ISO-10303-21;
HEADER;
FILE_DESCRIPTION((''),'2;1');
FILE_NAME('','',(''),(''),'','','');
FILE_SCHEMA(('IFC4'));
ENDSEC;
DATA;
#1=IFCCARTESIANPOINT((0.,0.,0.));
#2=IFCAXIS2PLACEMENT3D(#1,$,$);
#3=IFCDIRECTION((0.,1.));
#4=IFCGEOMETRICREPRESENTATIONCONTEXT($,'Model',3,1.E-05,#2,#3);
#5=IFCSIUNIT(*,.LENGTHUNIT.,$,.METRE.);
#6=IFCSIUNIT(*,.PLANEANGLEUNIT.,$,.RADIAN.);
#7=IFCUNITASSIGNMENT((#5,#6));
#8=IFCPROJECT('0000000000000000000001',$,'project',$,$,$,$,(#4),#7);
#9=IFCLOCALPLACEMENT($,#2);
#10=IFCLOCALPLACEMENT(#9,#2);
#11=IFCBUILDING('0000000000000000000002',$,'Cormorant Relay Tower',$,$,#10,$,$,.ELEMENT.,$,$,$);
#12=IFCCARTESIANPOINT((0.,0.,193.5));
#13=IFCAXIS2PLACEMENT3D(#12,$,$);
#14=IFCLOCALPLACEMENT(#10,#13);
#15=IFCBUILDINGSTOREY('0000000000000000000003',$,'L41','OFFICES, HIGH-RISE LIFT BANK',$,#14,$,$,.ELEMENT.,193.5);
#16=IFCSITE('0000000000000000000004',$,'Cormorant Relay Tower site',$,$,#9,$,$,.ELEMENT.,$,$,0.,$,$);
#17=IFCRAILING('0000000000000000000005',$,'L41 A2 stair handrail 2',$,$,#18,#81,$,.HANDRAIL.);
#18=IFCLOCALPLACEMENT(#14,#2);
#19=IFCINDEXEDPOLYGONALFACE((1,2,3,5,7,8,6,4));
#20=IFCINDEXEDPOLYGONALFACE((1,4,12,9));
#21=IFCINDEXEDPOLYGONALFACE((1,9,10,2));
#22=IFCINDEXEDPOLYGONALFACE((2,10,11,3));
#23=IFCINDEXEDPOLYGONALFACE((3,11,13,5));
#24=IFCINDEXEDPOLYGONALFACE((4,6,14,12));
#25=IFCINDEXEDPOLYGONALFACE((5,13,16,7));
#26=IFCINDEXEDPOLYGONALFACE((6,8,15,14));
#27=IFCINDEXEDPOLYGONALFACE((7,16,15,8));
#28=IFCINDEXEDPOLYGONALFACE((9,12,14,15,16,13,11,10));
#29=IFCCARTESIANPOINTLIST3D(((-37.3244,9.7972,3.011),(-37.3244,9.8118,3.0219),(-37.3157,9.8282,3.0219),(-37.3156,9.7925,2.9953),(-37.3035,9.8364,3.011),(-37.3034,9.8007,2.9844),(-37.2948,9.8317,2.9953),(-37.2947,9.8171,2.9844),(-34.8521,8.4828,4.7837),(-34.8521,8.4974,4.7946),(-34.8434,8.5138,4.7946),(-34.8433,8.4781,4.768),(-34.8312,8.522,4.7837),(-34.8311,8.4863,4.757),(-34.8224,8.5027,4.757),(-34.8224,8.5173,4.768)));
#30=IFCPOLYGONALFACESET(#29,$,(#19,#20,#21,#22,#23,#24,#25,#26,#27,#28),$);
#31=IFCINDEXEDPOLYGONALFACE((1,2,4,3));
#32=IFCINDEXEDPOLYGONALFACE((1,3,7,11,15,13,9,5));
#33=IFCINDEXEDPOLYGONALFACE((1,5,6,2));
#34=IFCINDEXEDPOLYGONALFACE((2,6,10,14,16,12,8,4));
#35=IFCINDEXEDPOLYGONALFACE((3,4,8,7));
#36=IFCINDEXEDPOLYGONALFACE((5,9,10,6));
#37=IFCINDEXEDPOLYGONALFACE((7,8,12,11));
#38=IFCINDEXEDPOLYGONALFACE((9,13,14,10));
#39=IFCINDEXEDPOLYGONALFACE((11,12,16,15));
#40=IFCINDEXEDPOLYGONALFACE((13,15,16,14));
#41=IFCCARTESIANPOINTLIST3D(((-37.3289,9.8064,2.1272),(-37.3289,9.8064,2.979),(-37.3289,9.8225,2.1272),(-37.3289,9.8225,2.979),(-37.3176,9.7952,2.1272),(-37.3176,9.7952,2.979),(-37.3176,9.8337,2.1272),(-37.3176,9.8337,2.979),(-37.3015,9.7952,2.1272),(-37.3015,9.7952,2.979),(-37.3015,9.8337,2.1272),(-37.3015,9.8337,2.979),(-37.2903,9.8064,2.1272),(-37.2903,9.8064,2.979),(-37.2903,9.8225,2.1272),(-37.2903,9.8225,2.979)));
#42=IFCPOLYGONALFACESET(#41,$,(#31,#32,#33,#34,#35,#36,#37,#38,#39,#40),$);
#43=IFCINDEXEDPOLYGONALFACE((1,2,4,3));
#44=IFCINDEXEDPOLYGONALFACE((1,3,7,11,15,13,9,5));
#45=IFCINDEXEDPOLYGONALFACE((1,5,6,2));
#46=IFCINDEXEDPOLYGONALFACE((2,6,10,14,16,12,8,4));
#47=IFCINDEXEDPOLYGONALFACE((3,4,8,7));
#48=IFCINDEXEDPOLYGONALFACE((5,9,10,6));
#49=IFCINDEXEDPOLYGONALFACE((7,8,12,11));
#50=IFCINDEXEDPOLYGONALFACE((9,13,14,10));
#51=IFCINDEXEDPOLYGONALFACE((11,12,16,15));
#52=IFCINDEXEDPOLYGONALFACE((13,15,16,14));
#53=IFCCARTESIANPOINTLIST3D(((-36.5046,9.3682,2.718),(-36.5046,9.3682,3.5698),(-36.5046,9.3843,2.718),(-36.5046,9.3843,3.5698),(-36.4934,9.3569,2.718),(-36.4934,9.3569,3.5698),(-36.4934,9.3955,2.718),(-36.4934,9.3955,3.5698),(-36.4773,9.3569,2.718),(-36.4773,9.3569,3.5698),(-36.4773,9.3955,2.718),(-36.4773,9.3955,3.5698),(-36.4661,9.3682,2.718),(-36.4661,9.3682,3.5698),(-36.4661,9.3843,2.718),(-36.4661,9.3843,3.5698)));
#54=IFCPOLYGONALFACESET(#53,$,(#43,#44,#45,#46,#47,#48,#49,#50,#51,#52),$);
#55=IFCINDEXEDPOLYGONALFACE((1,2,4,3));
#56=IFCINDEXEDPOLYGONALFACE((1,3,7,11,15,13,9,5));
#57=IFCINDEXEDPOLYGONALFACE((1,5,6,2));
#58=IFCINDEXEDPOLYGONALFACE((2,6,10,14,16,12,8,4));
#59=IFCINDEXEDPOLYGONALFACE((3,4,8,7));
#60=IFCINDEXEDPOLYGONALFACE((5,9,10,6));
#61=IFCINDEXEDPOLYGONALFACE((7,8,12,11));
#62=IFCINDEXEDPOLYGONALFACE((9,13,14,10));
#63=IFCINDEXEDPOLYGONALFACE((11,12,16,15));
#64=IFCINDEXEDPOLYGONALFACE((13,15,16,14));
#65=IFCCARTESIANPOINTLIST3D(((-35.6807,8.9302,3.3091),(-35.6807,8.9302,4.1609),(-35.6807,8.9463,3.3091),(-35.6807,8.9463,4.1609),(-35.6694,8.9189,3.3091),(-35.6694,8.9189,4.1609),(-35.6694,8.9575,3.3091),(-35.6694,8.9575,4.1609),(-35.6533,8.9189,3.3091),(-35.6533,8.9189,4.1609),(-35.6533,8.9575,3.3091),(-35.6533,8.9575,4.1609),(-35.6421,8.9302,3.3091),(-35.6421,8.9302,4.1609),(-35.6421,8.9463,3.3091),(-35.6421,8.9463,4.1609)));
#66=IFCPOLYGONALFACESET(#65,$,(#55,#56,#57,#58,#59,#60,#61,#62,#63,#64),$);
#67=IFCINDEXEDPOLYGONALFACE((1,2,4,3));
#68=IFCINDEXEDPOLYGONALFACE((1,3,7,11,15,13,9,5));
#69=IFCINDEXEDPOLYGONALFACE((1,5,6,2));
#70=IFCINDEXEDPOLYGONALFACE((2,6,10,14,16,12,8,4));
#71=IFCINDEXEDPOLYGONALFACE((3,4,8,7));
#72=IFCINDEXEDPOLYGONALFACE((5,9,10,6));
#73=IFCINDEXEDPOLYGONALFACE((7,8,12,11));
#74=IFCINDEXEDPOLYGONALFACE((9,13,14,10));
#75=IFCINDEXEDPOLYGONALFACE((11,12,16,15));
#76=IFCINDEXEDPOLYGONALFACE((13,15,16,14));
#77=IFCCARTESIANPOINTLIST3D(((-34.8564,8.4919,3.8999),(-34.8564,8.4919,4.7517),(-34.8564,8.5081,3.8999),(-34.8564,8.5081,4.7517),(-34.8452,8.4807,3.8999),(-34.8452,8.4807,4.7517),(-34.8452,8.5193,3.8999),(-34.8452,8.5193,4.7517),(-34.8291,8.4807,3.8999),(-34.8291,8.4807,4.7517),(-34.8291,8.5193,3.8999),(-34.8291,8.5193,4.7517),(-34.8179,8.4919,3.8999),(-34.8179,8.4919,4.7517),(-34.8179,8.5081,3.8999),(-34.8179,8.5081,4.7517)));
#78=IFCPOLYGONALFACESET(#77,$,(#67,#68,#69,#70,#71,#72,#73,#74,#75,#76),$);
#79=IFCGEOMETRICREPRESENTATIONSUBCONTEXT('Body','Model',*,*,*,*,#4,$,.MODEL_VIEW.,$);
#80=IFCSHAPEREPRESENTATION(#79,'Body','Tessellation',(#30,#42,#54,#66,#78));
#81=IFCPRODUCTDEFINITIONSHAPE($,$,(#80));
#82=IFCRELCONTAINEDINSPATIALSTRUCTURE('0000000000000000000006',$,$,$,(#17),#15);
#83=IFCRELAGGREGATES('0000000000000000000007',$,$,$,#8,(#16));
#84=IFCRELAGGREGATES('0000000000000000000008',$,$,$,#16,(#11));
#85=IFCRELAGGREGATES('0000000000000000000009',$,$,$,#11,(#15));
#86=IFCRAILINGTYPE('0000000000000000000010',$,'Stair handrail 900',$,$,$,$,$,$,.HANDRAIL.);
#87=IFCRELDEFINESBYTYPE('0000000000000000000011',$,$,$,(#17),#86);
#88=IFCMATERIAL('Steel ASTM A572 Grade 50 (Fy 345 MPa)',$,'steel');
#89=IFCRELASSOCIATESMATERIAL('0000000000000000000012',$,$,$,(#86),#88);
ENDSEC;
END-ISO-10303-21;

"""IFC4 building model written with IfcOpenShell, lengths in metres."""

from ifc_helpers import new_model, si_unit, direction, frame, origin, place, context, subcontext, project, spatial, polyline, outline, extrude, material, type_object, element, save


model = new_model("IFC4")

# Units and contexts
model_context = context("Model", 3, precision=1e-05, world=origin(), true_north=direction((0.0, 1.0)))
body_context = subcontext(model_context, "Body", "Model", "MODEL_VIEW")
ifc_project = project(units=[si_unit("LENGTHUNIT", "METRE"), si_unit("PLANEANGLEUNIT", "RADIAN")], contexts=[model_context])

# Site, building, storey
site_placement = place(None, origin())
site = spatial("IfcSite", under=ifc_project, at=site_placement, Name="Cormorant Relay Tower site", CompositionType="ELEMENT", RefElevation=0.0)
building_placement = place(site_placement, origin())
building = spatial("IfcBuilding", under=site, at=building_placement, Name="Cormorant Relay Tower", CompositionType="ELEMENT")
storey_placement = place(building_placement, frame((0.0, 0.0, 193.5)))
storey = spatial("IfcBuildingStorey", under=building, at=storey_placement, Name="L41", Description="OFFICES, HIGH-RISE LIFT BANK", CompositionType="ELEMENT", Elevation=193.5)

# Railing
ifc_material_1 = material(Name="Steel ASTM A572 Grade 50 (Fy 345 MPa)", Category="steel")
railing_type_1 = type_object("IfcRailingType", Name="Stair handrail 900", PredefinedType="HANDRAIL", material=ifc_material_1)
railing_1_placement = place(storey_placement, frame((-37.3096, 9.8145, 2.1272)))
element("IfcRailing", 1, at=railing_1_placement, inside=storey, type_object=railing_type_1, Name="L41 A2 stair handrail 2", PredefinedType="HANDRAIL", context=body_context, shape_type="SweptSolid", body=[
    extrude(outline(polyline([(0.0222, 0.0093), (0.0093, 0.0222), (-0.0093, 0.0222), (-0.0222, 0.0093), (-0.0222, -0.0093), (-0.0093, -0.0222), (0.0093, -0.0222), (0.0222, -0.0093), (0.0222, 0.0093)])), frame((0.0, 0.0, 0.876), z_axis=(0.746034, -0.396627, 0.534902), x_axis=(0.469429, 0.88297, 0.0)), (0.0, 0.0, 1.0), 3.314),
    extrude(outline(polyline([(0.0193, 0.0081), (0.0081, 0.0193), (-0.0081, 0.0193), (-0.0193, 0.0081), (-0.0193, -0.0081), (-0.0081, -0.0193), (0.0081, -0.0193), (0.0193, -0.0081), (0.0193, 0.0081)])), origin(), (0.0, 0.0, 1.0), 0.8518),
    extrude(outline(polyline([(0.0193, 0.0081), (0.0081, 0.0193), (-0.0081, 0.0193), (-0.0193, 0.0081), (-0.0193, -0.0081), (-0.0081, -0.0193), (0.0081, -0.0193), (0.0193, -0.0081), (0.0193, 0.0081)])), frame((0.8242, -0.4382, 0.5908)), (0.0, 0.0, 1.0), 0.8518),
    extrude(outline(polyline([(0.0193, 0.0081), (0.0081, 0.0193), (-0.0081, 0.0193), (-0.0193, 0.0081), (-0.0193, -0.0081), (-0.0081, -0.0193), (0.0081, -0.0193), (0.0193, -0.0081), (0.0193, 0.0081)])), frame((1.6482, -0.8762, 1.1819)), (0.0, 0.0, 1.0), 0.8518),
    extrude(outline(polyline([(0.0193, 0.0081), (0.0081, 0.0193), (-0.0081, 0.0193), (-0.0193, 0.0081), (-0.0193, -0.0081), (-0.0081, -0.0193), (0.0081, -0.0193), (0.0193, -0.0081), (0.0193, 0.0081)])), frame((2.4724, -1.3145, 1.7727)), (0.0, 0.0, 1.0), 0.8518),
])

save(model, "model.ifc")
